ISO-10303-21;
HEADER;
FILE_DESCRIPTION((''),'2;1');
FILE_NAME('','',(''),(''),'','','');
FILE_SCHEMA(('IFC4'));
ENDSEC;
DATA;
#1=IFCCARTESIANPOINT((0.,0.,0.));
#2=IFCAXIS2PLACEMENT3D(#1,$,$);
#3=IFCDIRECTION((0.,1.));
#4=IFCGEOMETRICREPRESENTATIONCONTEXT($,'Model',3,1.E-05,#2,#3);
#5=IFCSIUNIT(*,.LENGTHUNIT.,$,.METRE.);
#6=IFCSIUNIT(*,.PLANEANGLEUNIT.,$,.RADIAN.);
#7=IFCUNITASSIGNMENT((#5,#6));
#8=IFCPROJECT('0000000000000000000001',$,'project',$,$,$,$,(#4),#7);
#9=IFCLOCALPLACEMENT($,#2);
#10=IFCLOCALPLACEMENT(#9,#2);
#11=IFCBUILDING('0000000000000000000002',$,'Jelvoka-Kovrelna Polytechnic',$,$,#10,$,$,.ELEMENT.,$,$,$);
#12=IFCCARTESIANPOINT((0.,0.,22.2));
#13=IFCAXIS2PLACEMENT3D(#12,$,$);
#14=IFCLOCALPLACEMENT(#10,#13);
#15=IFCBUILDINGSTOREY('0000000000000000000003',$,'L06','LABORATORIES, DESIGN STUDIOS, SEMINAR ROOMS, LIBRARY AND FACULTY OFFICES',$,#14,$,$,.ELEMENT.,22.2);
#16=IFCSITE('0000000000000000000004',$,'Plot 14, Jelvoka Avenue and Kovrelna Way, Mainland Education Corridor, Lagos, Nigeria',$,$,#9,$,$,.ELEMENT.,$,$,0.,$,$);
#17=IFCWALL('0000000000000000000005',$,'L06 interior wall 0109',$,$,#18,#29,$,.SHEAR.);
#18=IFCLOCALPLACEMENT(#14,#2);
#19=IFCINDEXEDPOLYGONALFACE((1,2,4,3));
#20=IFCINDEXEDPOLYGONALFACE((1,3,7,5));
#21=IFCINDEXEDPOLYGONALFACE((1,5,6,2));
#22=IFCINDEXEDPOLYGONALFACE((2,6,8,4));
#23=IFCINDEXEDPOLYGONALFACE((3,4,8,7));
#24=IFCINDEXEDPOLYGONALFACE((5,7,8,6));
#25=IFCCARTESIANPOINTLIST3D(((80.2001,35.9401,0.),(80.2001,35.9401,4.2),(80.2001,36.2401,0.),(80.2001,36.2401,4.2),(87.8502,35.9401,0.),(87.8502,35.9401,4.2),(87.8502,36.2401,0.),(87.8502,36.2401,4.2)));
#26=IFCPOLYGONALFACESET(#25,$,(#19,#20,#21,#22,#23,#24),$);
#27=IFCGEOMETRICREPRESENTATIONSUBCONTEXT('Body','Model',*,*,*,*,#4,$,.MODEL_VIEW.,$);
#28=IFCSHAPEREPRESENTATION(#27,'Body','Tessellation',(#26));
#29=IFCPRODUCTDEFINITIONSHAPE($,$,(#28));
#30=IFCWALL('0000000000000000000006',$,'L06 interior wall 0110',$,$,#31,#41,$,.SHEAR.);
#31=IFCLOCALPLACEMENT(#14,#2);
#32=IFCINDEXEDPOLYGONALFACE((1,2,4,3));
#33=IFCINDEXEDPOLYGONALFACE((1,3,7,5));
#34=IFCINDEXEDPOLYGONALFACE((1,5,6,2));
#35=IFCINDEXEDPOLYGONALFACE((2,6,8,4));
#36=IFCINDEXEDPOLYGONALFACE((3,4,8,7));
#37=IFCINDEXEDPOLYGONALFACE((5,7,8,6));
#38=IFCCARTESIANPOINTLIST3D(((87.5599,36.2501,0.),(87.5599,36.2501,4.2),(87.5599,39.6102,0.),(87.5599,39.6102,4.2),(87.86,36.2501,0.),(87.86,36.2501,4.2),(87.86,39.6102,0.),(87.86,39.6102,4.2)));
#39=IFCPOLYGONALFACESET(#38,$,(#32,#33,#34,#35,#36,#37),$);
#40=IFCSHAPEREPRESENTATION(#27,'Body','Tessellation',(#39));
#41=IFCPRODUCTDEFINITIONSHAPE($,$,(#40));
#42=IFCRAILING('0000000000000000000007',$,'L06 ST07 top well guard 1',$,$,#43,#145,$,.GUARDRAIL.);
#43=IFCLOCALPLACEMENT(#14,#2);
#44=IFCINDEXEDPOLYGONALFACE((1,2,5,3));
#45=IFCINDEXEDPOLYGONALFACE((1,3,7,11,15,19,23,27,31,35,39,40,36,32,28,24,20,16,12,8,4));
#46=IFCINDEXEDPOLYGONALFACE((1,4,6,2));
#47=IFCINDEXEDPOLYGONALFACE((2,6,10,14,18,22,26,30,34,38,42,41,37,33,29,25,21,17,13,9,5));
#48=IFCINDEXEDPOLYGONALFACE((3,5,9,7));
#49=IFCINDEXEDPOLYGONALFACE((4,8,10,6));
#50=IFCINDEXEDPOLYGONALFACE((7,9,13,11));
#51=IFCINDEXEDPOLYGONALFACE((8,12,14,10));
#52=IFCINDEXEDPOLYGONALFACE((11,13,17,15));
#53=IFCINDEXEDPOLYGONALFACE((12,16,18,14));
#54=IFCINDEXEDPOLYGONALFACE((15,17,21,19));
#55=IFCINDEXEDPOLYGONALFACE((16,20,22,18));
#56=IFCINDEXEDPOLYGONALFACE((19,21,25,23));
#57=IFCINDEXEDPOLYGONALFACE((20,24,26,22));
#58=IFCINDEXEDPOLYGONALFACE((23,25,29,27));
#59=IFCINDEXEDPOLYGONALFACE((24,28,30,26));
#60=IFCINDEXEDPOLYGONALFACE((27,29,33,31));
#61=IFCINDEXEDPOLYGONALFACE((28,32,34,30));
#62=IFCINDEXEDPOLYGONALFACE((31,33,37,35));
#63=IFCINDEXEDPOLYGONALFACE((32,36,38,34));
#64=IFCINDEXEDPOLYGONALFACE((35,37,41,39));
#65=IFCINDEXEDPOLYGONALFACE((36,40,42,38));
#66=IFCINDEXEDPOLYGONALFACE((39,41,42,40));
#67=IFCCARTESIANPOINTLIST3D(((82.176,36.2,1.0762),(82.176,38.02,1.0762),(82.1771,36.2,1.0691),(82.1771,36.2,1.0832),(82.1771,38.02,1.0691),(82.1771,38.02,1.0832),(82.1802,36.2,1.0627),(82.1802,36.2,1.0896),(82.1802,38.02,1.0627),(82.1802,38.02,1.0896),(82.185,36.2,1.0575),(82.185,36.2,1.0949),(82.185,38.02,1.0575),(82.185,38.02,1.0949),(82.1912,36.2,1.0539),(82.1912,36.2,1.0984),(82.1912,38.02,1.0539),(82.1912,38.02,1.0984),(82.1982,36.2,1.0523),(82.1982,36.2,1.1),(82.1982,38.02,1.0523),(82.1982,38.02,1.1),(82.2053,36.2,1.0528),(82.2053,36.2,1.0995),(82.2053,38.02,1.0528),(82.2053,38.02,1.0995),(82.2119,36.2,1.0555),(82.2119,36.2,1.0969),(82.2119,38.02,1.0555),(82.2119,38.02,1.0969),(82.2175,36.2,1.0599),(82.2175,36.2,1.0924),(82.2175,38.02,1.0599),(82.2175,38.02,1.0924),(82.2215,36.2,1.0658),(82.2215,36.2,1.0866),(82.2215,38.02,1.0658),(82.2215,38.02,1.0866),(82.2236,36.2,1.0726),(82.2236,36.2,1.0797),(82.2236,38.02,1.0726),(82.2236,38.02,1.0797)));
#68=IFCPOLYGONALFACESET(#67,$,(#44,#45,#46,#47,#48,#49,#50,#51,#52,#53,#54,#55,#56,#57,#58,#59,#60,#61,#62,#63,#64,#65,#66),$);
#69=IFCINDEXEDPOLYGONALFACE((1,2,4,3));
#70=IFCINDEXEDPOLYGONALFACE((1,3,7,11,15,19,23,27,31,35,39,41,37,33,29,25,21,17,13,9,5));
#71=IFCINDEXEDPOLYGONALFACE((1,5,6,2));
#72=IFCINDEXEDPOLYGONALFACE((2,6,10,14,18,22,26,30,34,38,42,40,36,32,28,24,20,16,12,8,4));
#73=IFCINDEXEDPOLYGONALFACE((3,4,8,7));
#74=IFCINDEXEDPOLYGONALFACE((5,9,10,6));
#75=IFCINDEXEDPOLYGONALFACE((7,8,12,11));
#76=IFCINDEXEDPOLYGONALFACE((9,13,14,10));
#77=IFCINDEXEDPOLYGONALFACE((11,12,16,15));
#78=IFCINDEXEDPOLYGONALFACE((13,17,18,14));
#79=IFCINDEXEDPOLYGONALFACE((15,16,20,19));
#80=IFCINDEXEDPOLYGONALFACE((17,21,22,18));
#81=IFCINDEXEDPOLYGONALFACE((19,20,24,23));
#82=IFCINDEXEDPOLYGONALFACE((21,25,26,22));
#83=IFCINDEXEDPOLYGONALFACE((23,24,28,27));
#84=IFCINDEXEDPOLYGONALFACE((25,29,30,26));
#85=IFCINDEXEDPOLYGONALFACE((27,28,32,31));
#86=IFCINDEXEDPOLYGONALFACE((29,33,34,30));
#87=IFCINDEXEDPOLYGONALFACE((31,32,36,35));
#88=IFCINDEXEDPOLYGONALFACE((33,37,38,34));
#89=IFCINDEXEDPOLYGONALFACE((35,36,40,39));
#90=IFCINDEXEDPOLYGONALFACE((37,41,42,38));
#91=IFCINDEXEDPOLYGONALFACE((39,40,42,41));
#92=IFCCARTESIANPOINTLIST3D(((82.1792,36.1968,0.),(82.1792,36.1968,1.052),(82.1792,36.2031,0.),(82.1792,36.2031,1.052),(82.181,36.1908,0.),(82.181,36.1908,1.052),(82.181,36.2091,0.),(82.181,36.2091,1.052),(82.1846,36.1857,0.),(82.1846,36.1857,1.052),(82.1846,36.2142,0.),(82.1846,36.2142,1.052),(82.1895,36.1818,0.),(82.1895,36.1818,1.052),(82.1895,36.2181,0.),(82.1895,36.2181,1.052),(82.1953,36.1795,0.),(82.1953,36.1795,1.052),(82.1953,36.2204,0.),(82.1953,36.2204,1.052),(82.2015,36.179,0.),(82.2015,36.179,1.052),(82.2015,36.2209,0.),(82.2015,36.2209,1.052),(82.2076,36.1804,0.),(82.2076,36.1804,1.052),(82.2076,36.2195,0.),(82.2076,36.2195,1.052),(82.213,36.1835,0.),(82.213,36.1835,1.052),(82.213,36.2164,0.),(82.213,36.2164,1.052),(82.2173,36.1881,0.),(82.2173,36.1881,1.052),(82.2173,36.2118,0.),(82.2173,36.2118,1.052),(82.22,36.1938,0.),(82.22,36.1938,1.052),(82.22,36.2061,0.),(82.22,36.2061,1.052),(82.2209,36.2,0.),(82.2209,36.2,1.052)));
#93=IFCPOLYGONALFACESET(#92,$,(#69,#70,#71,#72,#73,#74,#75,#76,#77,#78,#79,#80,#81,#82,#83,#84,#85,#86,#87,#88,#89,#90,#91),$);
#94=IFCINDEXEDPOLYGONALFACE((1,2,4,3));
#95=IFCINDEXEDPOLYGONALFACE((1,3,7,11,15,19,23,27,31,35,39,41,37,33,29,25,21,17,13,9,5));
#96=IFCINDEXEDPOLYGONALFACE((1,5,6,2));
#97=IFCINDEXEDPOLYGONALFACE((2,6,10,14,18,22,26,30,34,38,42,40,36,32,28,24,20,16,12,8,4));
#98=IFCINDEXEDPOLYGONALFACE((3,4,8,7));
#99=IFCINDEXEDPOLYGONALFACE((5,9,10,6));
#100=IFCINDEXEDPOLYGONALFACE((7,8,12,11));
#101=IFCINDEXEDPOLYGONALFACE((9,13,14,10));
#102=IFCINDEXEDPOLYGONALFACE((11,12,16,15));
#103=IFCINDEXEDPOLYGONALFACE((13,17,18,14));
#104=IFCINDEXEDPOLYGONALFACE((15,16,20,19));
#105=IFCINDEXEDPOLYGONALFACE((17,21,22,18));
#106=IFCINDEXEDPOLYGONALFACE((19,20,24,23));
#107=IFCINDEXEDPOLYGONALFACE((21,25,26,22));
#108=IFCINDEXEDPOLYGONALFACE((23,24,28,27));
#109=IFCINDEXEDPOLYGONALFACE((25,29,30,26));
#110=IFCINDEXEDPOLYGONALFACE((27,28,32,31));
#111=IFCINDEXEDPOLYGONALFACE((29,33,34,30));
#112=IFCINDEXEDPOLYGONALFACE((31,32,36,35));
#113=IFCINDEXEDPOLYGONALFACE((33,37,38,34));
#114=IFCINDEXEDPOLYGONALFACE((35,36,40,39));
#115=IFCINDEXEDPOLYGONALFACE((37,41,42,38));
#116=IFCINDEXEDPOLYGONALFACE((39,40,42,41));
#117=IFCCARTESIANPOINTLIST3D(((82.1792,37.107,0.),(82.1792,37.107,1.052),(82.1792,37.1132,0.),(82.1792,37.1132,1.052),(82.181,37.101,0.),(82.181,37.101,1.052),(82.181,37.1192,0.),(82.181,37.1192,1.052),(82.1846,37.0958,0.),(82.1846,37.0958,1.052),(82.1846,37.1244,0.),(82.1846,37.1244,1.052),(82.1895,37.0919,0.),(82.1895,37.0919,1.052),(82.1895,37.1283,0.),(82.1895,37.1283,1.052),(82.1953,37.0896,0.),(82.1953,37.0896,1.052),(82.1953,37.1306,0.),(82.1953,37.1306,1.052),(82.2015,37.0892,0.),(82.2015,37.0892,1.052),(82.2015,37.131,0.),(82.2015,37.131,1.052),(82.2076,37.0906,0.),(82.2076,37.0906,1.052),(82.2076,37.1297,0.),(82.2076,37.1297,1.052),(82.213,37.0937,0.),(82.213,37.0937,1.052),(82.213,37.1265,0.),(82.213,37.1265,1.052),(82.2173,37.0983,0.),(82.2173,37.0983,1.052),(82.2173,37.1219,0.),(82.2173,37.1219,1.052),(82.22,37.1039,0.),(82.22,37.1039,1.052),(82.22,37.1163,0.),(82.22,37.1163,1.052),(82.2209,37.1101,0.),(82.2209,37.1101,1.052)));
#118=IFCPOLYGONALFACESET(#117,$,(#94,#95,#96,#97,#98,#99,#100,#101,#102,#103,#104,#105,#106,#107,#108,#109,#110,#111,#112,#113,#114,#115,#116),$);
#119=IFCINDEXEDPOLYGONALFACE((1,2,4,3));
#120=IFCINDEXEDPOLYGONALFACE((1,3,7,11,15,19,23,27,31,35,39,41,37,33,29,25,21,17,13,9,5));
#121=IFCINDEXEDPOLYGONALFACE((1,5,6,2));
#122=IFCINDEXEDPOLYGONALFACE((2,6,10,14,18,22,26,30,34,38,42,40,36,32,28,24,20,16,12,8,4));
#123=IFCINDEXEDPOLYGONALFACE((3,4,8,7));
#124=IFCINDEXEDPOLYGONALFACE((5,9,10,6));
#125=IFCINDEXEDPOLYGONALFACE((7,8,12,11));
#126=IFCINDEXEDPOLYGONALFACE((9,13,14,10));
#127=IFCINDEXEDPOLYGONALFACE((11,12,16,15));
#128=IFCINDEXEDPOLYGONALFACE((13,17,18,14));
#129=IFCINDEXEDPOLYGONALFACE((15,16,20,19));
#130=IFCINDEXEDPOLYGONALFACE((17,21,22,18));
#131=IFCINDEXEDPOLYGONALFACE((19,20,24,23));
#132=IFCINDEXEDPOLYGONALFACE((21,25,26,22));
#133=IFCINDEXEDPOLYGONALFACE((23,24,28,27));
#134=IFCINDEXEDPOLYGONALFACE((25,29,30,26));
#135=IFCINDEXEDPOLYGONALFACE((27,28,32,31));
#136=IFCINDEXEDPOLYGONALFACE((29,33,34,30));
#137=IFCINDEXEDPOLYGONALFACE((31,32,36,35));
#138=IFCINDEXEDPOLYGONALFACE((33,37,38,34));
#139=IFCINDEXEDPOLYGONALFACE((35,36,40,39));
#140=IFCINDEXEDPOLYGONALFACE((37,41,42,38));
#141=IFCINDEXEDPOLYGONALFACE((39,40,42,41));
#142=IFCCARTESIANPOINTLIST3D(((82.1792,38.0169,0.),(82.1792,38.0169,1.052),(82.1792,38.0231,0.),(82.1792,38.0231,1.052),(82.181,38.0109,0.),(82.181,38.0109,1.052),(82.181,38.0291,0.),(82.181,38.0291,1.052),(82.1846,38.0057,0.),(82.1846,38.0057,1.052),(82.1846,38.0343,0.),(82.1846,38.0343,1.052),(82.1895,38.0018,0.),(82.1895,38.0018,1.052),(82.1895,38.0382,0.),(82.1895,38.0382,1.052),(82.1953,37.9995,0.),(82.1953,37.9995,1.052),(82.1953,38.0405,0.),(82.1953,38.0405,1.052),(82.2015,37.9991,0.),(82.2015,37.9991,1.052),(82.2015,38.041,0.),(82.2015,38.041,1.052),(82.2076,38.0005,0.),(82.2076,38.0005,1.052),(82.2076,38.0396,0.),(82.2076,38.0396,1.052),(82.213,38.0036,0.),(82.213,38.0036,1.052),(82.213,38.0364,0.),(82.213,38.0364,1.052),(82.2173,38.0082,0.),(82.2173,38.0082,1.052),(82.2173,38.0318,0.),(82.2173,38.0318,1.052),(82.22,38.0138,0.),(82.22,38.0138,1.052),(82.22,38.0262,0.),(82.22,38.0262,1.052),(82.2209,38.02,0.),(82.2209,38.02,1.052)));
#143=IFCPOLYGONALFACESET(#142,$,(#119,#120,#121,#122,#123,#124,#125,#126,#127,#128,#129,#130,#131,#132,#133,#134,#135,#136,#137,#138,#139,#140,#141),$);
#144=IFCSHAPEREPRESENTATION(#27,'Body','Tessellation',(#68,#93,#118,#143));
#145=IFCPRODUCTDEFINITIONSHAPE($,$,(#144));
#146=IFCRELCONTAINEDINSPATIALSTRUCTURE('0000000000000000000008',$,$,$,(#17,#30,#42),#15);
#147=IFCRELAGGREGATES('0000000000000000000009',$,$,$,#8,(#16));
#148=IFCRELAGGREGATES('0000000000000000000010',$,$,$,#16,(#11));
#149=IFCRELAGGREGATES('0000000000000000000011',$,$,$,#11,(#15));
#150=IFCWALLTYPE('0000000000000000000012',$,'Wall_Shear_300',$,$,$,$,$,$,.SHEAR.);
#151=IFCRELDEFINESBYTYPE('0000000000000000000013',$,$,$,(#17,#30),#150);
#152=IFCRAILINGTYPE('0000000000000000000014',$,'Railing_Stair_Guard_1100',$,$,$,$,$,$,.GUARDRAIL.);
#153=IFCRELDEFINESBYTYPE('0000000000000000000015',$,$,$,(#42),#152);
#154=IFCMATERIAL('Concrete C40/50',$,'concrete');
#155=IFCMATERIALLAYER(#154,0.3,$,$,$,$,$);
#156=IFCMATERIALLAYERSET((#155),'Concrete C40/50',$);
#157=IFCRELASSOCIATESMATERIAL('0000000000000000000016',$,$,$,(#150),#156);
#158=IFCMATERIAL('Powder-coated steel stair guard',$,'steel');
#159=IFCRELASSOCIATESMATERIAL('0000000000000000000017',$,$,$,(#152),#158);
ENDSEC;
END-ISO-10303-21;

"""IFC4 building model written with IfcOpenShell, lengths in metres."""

from ifc_helpers import new_model, si_unit, direction, frame, frame_2d, origin, origin_2d, place, context, subcontext, project, spatial, rectangle, circle, extrude, material, layer, layer_set, type_object, element, save


model = new_model("IFC4")

# Units and contexts
model_context = context("Model", 3, precision=1e-05, world=origin(), true_north=direction((0.0, 1.0)))
body_context = subcontext(model_context, "Body", "Model", "MODEL_VIEW")
ifc_project = project(units=[si_unit("LENGTHUNIT", "METRE"), si_unit("PLANEANGLEUNIT", "RADIAN")], contexts=[model_context])

# Site, building, storey
site_placement = place(None, origin())
site = spatial("IfcSite", under=ifc_project, at=site_placement, Name="Plot 14, Jelvoka Avenue and Kovrelna Way, Mainland Education Corridor, Lagos, Nigeria", CompositionType="ELEMENT", RefElevation=0.0)
building_placement = place(site_placement, origin())
building = spatial("IfcBuilding", under=site, at=building_placement, Name="Jelvoka-Kovrelna Polytechnic", CompositionType="ELEMENT")
storey_placement = place(building_placement, frame((0.0, 0.0, 22.2)))
storey = spatial("IfcBuildingStorey", under=building, at=storey_placement, Name="L06", Description="LABORATORIES, DESIGN STUDIOS, SEMINAR ROOMS, LIBRARY AND FACULTY OFFICES", CompositionType="ELEMENT", Elevation=22.2)

# Walls
ifc_material_1 = material(Name="Concrete C40/50", Category="concrete")
ifc_layer_1 = layer(ifc_material_1, 0.3)
ifc_layer_set_1 = layer_set([ifc_layer_1], Name="Concrete C40/50")
wall_type_1 = type_object("IfcWallType", Name="Wall_Shear_300", PredefinedType="SHEAR", material=ifc_layer_set_1)
wall_1_placement = place(storey_placement, frame((80.2, 36.0901, 0.0), z_axis=(0.0, 0.0, 1.0), x_axis=(1.0, 0.0, 0.0)))
element("IfcWall", 1, at=wall_1_placement, inside=storey, type_object=wall_type_1, Name="L06 interior wall 0109", PredefinedType="SHEAR", context=body_context, shape_type="SweptSolid", body=[
    extrude(rectangle(XDim=7.6501, YDim=0.3, at=frame_2d((3.8252, 0.0))), origin(), (0.0, 0.0, 1.0), 4.2),
])
wall_2_placement = place(storey_placement, frame((87.71, 36.25, 0.0), z_axis=(0.0, 0.0, 1.0), x_axis=(0.0, 1.0, 0.0)))
element("IfcWall", 2, at=wall_2_placement, inside=storey, type_object=wall_type_1, Name="L06 interior wall 0110", PredefinedType="SHEAR", context=body_context, shape_type="SweptSolid", body=[
    extrude(rectangle(XDim=3.3601, YDim=0.3, at=frame_2d((1.6802, 0.0))), origin(), (0.0, 0.0, 1.0), 4.2),
])

# Railing
ifc_material_2 = material(Name="Powder-coated steel stair guard", Category="steel")
railing_type = type_object("IfcRailingType", Name="Railing_Stair_Guard_1100", PredefinedType="GUARDRAIL", material=ifc_material_2)
railing_placement = place(storey_placement, frame((82.2, 36.2, 0.0)))
element("IfcRailing", 3, at=railing_placement, inside=storey, type_object=railing_type, Name="L06 ST07 top well guard 1", PredefinedType="GUARDRAIL", context=body_context, shape_type="SweptSolid", body=[
    extrude(circle(Radius=0.0239, at=origin_2d()), frame((0.0, 0.0, 1.0762), z_axis=(0.0, 1.0, 0.0), x_axis=(-1.0, 0.0, 0.0)), (0.0, 0.0, 1.0), 1.8201),
    extrude(circle(Radius=0.021, at=origin_2d()), origin(), (0.0, 0.0, 1.0), 1.052),
    extrude(circle(Radius=0.021, at=origin_2d()), frame((0.0, 0.9102, 0.0)), (0.0, 0.0, 1.0), 1.052),
    extrude(circle(Radius=0.021, at=origin_2d()), frame((0.0, 1.8201, 0.0)), (0.0, 0.0, 1.0), 1.052),
])

save(model, "model.ifc")
